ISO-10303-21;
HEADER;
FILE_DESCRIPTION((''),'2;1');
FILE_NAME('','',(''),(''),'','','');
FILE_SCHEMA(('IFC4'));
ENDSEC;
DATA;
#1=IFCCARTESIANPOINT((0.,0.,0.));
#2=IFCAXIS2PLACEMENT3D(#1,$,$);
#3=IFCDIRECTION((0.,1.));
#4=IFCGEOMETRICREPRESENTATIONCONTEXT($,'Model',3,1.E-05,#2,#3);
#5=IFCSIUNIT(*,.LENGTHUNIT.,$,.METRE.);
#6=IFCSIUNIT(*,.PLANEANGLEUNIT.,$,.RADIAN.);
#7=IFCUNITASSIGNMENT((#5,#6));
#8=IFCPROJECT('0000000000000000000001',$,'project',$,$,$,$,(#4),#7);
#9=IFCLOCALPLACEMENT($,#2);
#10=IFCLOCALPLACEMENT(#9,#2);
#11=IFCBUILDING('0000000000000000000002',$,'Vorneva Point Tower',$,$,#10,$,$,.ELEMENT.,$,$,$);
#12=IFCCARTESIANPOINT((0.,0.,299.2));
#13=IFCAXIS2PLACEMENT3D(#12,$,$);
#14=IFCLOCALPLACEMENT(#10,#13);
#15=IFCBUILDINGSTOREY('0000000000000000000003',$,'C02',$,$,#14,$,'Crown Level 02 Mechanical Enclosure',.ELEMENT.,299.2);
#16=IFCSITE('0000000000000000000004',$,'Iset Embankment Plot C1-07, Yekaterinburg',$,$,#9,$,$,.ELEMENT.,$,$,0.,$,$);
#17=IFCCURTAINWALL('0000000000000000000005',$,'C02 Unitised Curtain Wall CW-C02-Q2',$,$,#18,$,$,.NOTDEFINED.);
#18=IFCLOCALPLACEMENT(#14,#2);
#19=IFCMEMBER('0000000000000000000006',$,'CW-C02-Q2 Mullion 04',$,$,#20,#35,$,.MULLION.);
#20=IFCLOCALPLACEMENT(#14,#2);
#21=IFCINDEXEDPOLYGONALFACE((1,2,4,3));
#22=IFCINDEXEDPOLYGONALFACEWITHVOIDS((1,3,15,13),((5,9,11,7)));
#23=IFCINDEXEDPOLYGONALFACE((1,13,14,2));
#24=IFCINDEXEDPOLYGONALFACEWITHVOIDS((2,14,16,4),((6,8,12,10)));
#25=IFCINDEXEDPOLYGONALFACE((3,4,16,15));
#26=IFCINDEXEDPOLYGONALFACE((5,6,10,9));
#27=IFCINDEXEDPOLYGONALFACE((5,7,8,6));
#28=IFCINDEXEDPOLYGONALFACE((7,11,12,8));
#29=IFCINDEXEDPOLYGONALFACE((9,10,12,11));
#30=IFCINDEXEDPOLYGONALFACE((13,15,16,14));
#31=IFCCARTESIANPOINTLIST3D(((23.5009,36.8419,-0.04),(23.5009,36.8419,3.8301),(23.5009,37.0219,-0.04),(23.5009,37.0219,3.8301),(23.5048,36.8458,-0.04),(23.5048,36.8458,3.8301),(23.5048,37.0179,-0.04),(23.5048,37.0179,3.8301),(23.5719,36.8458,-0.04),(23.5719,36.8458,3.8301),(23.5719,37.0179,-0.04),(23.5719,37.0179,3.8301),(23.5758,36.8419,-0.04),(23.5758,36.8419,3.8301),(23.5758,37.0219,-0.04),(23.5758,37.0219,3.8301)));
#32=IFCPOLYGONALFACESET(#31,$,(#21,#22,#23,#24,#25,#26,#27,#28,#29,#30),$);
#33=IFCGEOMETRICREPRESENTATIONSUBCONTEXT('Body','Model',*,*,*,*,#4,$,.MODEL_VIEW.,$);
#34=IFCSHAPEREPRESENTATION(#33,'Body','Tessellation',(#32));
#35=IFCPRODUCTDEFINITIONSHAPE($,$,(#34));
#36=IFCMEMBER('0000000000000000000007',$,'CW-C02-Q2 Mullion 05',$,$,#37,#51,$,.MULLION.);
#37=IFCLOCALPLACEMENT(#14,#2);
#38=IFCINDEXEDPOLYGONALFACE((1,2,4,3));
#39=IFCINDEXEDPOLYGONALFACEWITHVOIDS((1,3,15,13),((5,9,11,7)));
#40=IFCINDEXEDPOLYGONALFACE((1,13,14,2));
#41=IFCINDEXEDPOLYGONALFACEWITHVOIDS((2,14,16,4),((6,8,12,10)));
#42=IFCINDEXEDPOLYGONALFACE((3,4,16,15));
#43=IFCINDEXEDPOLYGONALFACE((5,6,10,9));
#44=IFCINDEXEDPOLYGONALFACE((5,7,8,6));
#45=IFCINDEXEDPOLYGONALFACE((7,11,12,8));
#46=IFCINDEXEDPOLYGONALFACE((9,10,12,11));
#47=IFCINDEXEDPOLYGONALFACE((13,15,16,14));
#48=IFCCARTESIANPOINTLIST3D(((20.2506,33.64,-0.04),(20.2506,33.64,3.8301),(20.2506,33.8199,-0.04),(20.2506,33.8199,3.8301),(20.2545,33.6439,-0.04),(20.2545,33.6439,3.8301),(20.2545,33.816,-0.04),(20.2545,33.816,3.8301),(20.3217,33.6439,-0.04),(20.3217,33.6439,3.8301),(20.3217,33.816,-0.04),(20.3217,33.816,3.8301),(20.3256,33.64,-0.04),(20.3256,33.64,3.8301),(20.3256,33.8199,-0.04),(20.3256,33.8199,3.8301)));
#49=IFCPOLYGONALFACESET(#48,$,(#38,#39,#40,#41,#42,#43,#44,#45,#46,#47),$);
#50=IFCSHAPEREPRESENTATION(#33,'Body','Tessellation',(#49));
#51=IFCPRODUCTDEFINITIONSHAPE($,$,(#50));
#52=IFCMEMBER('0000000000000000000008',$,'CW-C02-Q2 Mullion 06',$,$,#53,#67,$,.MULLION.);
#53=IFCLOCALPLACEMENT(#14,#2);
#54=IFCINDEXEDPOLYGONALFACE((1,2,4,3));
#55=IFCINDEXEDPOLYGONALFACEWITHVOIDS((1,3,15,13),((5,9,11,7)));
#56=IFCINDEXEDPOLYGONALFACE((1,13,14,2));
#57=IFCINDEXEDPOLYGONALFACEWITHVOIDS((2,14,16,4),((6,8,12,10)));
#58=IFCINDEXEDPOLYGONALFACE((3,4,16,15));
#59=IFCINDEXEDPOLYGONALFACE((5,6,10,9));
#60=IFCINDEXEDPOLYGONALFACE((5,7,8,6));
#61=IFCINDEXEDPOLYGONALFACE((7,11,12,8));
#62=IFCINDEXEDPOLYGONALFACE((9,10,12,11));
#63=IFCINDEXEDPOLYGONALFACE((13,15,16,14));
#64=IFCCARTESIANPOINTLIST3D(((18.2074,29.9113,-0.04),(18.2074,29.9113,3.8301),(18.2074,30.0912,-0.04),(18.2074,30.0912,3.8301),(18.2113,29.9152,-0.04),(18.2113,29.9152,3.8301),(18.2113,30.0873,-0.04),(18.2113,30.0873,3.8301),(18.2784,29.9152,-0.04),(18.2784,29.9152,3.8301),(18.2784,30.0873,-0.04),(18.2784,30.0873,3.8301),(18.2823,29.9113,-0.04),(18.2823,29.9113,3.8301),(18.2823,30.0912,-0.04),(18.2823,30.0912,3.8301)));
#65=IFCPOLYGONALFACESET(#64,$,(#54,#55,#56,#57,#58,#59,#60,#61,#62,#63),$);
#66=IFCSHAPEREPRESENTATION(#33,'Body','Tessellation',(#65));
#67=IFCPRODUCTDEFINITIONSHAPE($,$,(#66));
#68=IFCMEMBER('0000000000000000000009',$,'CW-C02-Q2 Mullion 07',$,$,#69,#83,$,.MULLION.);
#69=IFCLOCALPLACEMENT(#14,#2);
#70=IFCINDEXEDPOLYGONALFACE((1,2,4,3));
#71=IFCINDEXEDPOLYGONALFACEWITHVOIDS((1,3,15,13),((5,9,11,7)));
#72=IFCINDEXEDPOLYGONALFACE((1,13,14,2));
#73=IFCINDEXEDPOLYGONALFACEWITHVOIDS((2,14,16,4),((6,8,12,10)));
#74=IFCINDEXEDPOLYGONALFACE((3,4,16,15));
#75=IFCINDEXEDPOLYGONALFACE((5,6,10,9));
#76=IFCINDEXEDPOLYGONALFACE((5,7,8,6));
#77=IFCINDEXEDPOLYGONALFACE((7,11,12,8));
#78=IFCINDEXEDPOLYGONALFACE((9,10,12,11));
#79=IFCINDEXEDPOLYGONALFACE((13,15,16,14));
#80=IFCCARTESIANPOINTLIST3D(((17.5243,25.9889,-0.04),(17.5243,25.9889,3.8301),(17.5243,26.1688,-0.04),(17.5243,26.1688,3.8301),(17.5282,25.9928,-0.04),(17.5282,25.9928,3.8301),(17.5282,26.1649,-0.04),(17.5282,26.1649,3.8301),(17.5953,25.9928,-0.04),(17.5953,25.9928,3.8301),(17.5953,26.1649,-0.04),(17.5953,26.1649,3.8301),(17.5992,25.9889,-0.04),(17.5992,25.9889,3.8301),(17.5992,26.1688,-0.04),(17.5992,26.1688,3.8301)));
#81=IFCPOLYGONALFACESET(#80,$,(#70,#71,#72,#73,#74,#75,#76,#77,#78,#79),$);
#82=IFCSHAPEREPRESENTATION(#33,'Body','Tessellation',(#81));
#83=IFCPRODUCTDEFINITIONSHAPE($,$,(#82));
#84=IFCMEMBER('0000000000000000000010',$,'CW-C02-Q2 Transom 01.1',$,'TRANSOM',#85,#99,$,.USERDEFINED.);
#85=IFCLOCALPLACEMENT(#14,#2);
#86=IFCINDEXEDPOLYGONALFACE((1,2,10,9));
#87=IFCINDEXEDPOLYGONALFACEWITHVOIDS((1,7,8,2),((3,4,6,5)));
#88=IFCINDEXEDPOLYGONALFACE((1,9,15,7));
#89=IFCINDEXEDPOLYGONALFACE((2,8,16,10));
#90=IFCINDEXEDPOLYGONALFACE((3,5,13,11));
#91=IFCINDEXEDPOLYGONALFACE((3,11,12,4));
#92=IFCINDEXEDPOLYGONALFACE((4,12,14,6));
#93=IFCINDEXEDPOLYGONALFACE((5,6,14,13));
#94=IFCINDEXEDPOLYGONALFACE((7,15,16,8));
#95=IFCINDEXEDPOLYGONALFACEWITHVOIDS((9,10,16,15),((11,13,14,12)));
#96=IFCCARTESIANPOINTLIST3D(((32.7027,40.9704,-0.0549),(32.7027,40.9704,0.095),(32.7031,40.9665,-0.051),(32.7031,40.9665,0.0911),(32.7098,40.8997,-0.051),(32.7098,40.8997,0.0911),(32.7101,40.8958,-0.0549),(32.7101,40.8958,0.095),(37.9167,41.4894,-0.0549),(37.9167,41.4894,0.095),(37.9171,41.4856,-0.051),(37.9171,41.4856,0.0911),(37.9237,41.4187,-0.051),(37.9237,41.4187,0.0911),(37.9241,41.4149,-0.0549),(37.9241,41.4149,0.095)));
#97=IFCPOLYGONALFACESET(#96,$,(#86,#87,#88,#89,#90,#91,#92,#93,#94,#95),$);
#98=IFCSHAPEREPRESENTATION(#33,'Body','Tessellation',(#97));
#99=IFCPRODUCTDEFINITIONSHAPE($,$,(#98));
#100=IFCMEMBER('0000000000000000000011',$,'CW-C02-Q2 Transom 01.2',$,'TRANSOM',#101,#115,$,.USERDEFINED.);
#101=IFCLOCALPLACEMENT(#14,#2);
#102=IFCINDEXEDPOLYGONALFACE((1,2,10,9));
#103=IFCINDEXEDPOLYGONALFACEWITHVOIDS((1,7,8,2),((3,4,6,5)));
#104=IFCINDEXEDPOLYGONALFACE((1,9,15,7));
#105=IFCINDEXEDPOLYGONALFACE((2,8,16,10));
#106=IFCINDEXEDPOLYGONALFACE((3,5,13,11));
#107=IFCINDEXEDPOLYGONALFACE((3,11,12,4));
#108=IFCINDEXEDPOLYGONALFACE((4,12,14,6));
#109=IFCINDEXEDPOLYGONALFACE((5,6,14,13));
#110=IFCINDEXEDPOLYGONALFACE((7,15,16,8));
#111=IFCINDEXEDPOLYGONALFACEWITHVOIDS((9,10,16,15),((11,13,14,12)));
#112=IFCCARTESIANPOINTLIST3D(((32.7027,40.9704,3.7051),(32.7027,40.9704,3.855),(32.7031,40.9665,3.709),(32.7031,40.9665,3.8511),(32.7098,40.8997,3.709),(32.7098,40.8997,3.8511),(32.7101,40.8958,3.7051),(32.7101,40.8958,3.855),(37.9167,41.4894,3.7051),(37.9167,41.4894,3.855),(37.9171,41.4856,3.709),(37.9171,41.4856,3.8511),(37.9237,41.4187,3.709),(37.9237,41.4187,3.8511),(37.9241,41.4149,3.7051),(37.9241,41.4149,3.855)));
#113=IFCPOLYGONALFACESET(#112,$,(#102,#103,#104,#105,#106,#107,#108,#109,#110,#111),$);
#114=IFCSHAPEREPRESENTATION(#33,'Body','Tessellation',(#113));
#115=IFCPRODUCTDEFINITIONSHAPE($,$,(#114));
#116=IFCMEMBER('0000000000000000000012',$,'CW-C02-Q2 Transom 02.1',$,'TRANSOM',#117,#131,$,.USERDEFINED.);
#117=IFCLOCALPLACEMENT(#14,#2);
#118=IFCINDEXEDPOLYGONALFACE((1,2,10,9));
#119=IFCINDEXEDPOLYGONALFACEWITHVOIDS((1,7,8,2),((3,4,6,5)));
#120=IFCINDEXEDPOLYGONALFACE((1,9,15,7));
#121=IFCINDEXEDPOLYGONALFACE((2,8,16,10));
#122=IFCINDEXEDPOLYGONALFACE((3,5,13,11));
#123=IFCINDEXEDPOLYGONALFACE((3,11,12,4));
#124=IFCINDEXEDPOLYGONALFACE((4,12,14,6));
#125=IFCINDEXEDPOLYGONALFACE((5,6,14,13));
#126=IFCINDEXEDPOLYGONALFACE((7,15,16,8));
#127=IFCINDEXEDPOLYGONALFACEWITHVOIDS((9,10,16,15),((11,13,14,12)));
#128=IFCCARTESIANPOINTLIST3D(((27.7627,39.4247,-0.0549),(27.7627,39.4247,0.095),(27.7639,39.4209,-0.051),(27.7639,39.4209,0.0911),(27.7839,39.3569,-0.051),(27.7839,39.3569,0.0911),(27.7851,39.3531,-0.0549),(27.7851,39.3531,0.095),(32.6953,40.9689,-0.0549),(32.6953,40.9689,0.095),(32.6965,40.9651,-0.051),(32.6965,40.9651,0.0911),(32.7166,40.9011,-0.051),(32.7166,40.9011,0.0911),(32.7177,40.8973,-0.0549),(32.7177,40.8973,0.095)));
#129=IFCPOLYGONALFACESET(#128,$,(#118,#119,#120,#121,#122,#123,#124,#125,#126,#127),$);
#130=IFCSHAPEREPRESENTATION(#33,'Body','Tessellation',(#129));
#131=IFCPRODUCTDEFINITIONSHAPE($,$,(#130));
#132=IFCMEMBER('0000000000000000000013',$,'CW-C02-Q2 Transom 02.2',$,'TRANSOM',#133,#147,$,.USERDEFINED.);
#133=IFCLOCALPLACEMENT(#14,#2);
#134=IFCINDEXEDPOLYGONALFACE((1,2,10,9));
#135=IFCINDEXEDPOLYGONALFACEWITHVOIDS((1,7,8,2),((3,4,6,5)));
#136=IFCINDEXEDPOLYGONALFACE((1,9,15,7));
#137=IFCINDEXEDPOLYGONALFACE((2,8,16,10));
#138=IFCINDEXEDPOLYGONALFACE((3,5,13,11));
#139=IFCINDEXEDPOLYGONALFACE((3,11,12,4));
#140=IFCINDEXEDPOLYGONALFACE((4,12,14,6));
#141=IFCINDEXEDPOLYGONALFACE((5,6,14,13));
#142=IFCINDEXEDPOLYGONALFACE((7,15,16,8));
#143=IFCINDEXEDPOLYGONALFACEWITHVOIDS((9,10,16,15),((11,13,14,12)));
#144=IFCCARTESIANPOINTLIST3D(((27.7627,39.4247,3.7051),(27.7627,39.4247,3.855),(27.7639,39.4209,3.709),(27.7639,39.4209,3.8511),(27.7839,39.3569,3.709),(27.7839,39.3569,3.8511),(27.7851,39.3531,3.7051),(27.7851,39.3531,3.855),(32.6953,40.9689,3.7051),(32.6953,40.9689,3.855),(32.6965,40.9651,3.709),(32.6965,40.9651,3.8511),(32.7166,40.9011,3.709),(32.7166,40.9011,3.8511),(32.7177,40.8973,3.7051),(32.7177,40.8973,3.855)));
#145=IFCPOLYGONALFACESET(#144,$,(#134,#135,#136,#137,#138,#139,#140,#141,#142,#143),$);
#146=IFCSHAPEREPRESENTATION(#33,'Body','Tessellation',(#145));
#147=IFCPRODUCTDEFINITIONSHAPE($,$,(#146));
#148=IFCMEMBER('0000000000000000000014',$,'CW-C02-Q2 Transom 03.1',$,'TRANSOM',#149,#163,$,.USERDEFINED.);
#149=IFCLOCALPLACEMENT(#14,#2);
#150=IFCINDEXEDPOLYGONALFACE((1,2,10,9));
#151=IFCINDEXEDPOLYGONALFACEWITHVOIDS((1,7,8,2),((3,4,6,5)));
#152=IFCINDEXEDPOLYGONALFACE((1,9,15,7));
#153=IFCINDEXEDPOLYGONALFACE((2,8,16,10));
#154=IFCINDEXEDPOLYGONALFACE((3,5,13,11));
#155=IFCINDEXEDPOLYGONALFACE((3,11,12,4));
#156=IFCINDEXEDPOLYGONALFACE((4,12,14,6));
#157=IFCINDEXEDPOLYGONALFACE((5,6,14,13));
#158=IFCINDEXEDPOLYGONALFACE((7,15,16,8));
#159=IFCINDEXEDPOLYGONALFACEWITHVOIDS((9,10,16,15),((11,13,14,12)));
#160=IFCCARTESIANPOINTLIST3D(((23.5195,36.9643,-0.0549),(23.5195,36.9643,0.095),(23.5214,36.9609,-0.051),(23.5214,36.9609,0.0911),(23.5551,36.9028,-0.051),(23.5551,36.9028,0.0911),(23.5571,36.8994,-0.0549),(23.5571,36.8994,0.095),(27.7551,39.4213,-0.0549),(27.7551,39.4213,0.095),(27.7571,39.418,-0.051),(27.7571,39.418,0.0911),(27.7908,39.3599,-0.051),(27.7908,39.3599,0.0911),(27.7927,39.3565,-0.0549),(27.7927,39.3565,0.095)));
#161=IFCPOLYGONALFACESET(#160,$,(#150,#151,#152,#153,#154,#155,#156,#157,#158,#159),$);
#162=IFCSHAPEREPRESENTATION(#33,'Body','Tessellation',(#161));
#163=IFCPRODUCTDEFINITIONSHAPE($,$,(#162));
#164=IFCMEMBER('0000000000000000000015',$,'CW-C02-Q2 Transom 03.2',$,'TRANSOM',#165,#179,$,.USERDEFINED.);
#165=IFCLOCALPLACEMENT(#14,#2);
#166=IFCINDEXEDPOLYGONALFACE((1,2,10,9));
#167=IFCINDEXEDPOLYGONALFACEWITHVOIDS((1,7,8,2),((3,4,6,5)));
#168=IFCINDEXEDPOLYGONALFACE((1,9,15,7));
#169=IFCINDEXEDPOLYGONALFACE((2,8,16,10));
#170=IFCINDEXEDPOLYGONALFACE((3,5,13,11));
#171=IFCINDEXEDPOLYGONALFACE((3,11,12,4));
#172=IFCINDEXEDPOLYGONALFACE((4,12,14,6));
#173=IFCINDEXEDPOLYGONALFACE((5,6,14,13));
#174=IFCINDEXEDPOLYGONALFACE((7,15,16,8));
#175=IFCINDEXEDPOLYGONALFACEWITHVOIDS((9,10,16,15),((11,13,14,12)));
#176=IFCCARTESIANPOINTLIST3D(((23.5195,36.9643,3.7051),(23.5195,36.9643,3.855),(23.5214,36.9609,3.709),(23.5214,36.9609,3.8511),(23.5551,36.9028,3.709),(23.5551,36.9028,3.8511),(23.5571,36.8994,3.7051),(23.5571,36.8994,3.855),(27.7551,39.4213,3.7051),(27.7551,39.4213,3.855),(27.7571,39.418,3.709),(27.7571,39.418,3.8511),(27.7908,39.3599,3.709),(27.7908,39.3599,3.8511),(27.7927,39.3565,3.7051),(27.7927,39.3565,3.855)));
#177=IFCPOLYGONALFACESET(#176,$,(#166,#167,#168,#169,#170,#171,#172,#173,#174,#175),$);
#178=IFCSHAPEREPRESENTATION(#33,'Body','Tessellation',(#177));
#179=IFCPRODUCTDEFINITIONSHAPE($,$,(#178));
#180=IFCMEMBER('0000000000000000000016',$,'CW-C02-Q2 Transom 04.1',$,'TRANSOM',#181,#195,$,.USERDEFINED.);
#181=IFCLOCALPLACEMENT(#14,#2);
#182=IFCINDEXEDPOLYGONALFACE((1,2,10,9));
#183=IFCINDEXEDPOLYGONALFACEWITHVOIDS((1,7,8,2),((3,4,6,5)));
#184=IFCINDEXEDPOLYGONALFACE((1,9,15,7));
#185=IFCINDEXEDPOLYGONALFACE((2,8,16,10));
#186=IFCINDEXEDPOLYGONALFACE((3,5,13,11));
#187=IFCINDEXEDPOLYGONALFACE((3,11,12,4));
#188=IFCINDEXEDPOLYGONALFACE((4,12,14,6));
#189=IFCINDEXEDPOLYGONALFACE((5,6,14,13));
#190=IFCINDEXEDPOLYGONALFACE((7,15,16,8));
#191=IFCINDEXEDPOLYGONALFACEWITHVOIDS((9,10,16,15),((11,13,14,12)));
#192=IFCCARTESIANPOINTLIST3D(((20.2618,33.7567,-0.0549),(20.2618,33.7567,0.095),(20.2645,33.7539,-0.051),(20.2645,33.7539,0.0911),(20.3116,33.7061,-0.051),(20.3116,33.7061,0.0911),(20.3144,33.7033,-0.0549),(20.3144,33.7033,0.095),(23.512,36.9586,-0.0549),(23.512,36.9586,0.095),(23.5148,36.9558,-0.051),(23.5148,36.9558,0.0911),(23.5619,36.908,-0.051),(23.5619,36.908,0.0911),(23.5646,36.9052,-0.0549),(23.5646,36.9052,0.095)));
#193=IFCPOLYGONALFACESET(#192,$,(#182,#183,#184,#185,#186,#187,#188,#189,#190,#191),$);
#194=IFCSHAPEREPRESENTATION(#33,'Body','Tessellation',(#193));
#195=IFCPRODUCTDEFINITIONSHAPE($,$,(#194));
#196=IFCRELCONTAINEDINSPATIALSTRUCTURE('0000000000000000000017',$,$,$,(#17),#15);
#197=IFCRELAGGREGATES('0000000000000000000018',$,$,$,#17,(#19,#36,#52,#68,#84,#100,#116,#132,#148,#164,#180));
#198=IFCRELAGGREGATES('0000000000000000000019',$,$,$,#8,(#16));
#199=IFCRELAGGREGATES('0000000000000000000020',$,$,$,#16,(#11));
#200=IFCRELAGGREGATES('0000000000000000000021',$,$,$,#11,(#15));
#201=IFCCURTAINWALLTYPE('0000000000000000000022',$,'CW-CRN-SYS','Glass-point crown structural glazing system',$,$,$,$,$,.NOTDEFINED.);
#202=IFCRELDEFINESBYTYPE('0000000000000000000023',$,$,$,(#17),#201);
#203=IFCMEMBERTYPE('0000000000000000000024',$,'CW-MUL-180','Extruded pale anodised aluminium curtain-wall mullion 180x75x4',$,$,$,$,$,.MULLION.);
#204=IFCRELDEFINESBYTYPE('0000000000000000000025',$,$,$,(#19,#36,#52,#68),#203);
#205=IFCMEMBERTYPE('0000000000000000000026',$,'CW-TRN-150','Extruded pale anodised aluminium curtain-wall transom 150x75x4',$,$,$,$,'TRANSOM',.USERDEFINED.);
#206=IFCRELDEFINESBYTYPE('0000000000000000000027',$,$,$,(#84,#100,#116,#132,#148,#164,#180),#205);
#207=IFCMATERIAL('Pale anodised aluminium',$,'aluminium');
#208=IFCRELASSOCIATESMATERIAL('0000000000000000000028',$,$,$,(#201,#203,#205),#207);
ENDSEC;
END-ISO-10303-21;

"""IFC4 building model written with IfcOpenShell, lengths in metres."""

from ifc_helpers import new_model, si_unit, direction, frame, origin, origin_2d, place, context, subcontext, project, spatial, hollow_rectangle, extrude, material, material_profile, profile_set, type_object, element, aggregate, save


model = new_model("IFC4")

# Units and contexts
model_context = context("Model", 3, precision=1e-05, world=origin(), true_north=direction((0.0, 1.0)))
body_context = subcontext(model_context, "Body", "Model", "MODEL_VIEW")
ifc_project = project(units=[si_unit("LENGTHUNIT", "METRE"), si_unit("PLANEANGLEUNIT", "RADIAN")], contexts=[model_context])

# Site, building, storey
site_placement = place(None, origin())
site = spatial("IfcSite", under=ifc_project, at=site_placement, Name="Iset Embankment Plot C1-07, Yekaterinburg", CompositionType="ELEMENT", RefElevation=0.0)
building_placement = place(site_placement, origin())
building = spatial("IfcBuilding", under=site, at=building_placement, Name="Vorneva Point Tower", CompositionType="ELEMENT")
storey_placement = place(building_placement, frame((0.0, 0.0, 299.2)))
storey = spatial("IfcBuildingStorey", under=building, at=storey_placement, Name="C02", LongName="Crown Level 02 Mechanical Enclosure", CompositionType="ELEMENT", Elevation=299.2)

# Curtain wall, members
ifc_material_1 = material(Name="Pale anodised aluminium", Category="aluminium")
curtain_wall_type = type_object("IfcCurtainWallType", Name="CW-CRN-SYS", Description="Glass-point crown structural glazing system", PredefinedType="NOTDEFINED", material=ifc_material_1)
curtain_wall_placement = place(storey_placement, origin())
curtain_wall = element("IfcCurtainWall", 1, at=curtain_wall_placement, inside=storey, type_object=curtain_wall_type, Name="C02 Unitised Curtain Wall CW-C02-Q2", PredefinedType="NOTDEFINED")
ifc_material_profile_1 = material_profile(ifc_material_1, hollow_rectangle(XDim=0.075, YDim=0.1799, WallThickness=0.0039, at=origin_2d()), Name="AL-MUL 180x75x4")
ifc_profile_set_1 = profile_set([ifc_material_profile_1], Name="Pale anodised aluminium")
member_type_1 = type_object("IfcMemberType", Name="CW-MUL-180", Description="Extruded pale anodised aluminium curtain-wall mullion 180x75x4", PredefinedType="MULLION", material=ifc_profile_set_1)
member_1_placement = place(storey_placement, frame((23.5383, 36.9319, -0.04), z_axis=(0.0, 0.0, 1.0), x_axis=(1.0, 0.0, 0.0)))
member_1 = element("IfcMember", 2, at=member_1_placement, type_object=member_type_1, Name="CW-C02-Q2 Mullion 04", PredefinedType="MULLION", context=body_context, shape_type="SweptSolid", body=[
    extrude(hollow_rectangle(XDim=0.075, YDim=0.1799, WallThickness=0.0039, at=origin_2d()), origin(), (0.0, 0.0, 1.0), 3.8701),
])
member_2_placement = place(storey_placement, frame((20.2881, 33.73, -0.04), z_axis=(0.0, 0.0, 1.0), x_axis=(1.0, 0.0, 0.0)))
member_2 = element("IfcMember", 3, at=member_2_placement, type_object=member_type_1, Name="CW-C02-Q2 Mullion 05", PredefinedType="MULLION", context=body_context, shape_type="SweptSolid", body=[
    extrude(hollow_rectangle(XDim=0.075, YDim=0.1799, WallThickness=0.0039, at=origin_2d()), origin(), (0.0, 0.0, 1.0), 3.8701),
])
member_3_placement = place(storey_placement, frame((18.2449, 30.0012, -0.04), z_axis=(0.0, 0.0, 1.0), x_axis=(1.0, 0.0, 0.0)))
member_3 = element("IfcMember", 4, at=member_3_placement, type_object=member_type_1, Name="CW-C02-Q2 Mullion 06", PredefinedType="MULLION", context=body_context, shape_type="SweptSolid", body=[
    extrude(hollow_rectangle(XDim=0.075, YDim=0.1799, WallThickness=0.0039, at=origin_2d()), origin(), (0.0, 0.0, 1.0), 3.8701),
])
member_4_placement = place(storey_placement, frame((17.5618, 26.0789, -0.04), z_axis=(0.0, 0.0, 1.0), x_axis=(1.0, 0.0, 0.0)))
member_4 = element("IfcMember", 5, at=member_4_placement, type_object=member_type_1, Name="CW-C02-Q2 Mullion 07", PredefinedType="MULLION", context=body_context, shape_type="SweptSolid", body=[
    extrude(hollow_rectangle(XDim=0.075, YDim=0.1799, WallThickness=0.0039, at=origin_2d()), origin(), (0.0, 0.0, 1.0), 3.8701),
])
ifc_material_profile_2 = material_profile(ifc_material_1, hollow_rectangle(XDim=0.075, YDim=0.1499, WallThickness=0.0039, at=origin_2d()), Name="AL-TRN 150x75x4")
ifc_profile_set_2 = profile_set([ifc_material_profile_2], Name="Pale anodised aluminium")
member_type_2 = type_object("IfcMemberType", Name="CW-TRN-150", Description="Extruded pale anodised aluminium curtain-wall transom 150x75x4", ElementType="TRANSOM", PredefinedType="USERDEFINED", material=ifc_profile_set_2)
member_5_placement = place(storey_placement, frame((37.9204, 41.4521, 0.02), z_axis=(-0.995081, -0.099061, 0.0), x_axis=(0.099061, -0.995081, 0.0)))
member_5 = element("IfcMember", 6, at=member_5_placement, type_object=member_type_2, Name="CW-C02-Q2 Transom 01.1", ObjectType="TRANSOM", PredefinedType="USERDEFINED", context=body_context, shape_type="SweptSolid", body=[
    extrude(hollow_rectangle(XDim=0.075, YDim=0.1499, WallThickness=0.0039, at=origin_2d()), origin(), (0.0, 0.0, 1.0), 5.2397),
])
member_6_placement = place(storey_placement, frame((37.9204, 41.4521, 3.78), z_axis=(-0.995081, -0.099061, 0.0), x_axis=(0.099061, -0.995081, 0.0)))
member_6 = element("IfcMember", 7, at=member_6_placement, type_object=member_type_2, Name="CW-C02-Q2 Transom 01.2", ObjectType="TRANSOM", PredefinedType="USERDEFINED", context=body_context, shape_type="SweptSolid", body=[
    extrude(hollow_rectangle(XDim=0.075, YDim=0.1499, WallThickness=0.0039, at=origin_2d()), origin(), (0.0, 0.0, 1.0), 5.2397),
])
member_7_placement = place(storey_placement, frame((32.7065, 40.9331, 0.02), z_axis=(-0.954329, -0.298759, 0.0), x_axis=(0.298759, -0.954329, 0.0)))
member_7 = element("IfcMember", 8, at=member_7_placement, type_object=member_type_2, Name="CW-C02-Q2 Transom 02.1", ObjectType="TRANSOM", PredefinedType="USERDEFINED", context=body_context, shape_type="SweptSolid", body=[
    extrude(hollow_rectangle(XDim=0.075, YDim=0.1499, WallThickness=0.0039, at=origin_2d()), origin(), (0.0, 0.0, 1.0), 5.1687),
])
member_8_placement = place(storey_placement, frame((32.7065, 40.9331, 3.78), z_axis=(-0.954329, -0.298759, 0.0), x_axis=(0.298759, -0.954329, 0.0)))
member_8 = element("IfcMember", 9, at=member_8_placement, type_object=member_type_2, Name="CW-C02-Q2 Transom 02.2", ObjectType="TRANSOM", PredefinedType="USERDEFINED", context=body_context, shape_type="SweptSolid", body=[
    extrude(hollow_rectangle(XDim=0.075, YDim=0.1499, WallThickness=0.0039, at=origin_2d()), origin(), (0.0, 0.0, 1.0), 5.1687),
])
member_9_placement = place(storey_placement, frame((27.7739, 39.3889, 0.02), z_axis=(-0.864997, -0.501777, 0.0), x_axis=(0.501777, -0.864997, 0.0)))
member_9 = element("IfcMember", 10, at=member_9_placement, type_object=member_type_2, Name="CW-C02-Q2 Transom 03.1", ObjectType="TRANSOM", PredefinedType="USERDEFINED", context=body_context, shape_type="SweptSolid", body=[
    extrude(hollow_rectangle(XDim=0.075, YDim=0.1499, WallThickness=0.0039, at=origin_2d()), origin(), (0.0, 0.0, 1.0), 4.8967),
])
member_10_placement = place(storey_placement, frame((27.7739, 39.3889, 3.78), z_axis=(-0.864997, -0.501777, 0.0), x_axis=(0.501777, -0.864997, 0.0)))
member_10 = element("IfcMember", 11, at=member_10_placement, type_object=member_type_2, Name="CW-C02-Q2 Transom 03.2", ObjectType="TRANSOM", PredefinedType="USERDEFINED", context=body_context, shape_type="SweptSolid", body=[
    extrude(hollow_rectangle(XDim=0.075, YDim=0.1499, WallThickness=0.0039, at=origin_2d()), origin(), (0.0, 0.0, 1.0), 4.8967),
])
member_11_placement = place(storey_placement, frame((23.5383, 36.9319, 0.02), z_axis=(-0.712384, -0.701789, 0.0), x_axis=(0.701789, -0.712384, 0.0)))
member_11 = element("IfcMember", 12, at=member_11_placement, type_object=member_type_2, Name="CW-C02-Q2 Transom 04.1", ObjectType="TRANSOM", PredefinedType="USERDEFINED", context=body_context, shape_type="SweptSolid", body=[
    extrude(hollow_rectangle(XDim=0.075, YDim=0.1499, WallThickness=0.0039, at=origin_2d()), origin(), (0.0, 0.0, 1.0), 4.5625),
])

aggregate(curtain_wall, [member_1, member_2, member_3, member_4, member_5, member_6, member_7, member_8, member_9, member_10, member_11])

save(model, "model.ifc")
